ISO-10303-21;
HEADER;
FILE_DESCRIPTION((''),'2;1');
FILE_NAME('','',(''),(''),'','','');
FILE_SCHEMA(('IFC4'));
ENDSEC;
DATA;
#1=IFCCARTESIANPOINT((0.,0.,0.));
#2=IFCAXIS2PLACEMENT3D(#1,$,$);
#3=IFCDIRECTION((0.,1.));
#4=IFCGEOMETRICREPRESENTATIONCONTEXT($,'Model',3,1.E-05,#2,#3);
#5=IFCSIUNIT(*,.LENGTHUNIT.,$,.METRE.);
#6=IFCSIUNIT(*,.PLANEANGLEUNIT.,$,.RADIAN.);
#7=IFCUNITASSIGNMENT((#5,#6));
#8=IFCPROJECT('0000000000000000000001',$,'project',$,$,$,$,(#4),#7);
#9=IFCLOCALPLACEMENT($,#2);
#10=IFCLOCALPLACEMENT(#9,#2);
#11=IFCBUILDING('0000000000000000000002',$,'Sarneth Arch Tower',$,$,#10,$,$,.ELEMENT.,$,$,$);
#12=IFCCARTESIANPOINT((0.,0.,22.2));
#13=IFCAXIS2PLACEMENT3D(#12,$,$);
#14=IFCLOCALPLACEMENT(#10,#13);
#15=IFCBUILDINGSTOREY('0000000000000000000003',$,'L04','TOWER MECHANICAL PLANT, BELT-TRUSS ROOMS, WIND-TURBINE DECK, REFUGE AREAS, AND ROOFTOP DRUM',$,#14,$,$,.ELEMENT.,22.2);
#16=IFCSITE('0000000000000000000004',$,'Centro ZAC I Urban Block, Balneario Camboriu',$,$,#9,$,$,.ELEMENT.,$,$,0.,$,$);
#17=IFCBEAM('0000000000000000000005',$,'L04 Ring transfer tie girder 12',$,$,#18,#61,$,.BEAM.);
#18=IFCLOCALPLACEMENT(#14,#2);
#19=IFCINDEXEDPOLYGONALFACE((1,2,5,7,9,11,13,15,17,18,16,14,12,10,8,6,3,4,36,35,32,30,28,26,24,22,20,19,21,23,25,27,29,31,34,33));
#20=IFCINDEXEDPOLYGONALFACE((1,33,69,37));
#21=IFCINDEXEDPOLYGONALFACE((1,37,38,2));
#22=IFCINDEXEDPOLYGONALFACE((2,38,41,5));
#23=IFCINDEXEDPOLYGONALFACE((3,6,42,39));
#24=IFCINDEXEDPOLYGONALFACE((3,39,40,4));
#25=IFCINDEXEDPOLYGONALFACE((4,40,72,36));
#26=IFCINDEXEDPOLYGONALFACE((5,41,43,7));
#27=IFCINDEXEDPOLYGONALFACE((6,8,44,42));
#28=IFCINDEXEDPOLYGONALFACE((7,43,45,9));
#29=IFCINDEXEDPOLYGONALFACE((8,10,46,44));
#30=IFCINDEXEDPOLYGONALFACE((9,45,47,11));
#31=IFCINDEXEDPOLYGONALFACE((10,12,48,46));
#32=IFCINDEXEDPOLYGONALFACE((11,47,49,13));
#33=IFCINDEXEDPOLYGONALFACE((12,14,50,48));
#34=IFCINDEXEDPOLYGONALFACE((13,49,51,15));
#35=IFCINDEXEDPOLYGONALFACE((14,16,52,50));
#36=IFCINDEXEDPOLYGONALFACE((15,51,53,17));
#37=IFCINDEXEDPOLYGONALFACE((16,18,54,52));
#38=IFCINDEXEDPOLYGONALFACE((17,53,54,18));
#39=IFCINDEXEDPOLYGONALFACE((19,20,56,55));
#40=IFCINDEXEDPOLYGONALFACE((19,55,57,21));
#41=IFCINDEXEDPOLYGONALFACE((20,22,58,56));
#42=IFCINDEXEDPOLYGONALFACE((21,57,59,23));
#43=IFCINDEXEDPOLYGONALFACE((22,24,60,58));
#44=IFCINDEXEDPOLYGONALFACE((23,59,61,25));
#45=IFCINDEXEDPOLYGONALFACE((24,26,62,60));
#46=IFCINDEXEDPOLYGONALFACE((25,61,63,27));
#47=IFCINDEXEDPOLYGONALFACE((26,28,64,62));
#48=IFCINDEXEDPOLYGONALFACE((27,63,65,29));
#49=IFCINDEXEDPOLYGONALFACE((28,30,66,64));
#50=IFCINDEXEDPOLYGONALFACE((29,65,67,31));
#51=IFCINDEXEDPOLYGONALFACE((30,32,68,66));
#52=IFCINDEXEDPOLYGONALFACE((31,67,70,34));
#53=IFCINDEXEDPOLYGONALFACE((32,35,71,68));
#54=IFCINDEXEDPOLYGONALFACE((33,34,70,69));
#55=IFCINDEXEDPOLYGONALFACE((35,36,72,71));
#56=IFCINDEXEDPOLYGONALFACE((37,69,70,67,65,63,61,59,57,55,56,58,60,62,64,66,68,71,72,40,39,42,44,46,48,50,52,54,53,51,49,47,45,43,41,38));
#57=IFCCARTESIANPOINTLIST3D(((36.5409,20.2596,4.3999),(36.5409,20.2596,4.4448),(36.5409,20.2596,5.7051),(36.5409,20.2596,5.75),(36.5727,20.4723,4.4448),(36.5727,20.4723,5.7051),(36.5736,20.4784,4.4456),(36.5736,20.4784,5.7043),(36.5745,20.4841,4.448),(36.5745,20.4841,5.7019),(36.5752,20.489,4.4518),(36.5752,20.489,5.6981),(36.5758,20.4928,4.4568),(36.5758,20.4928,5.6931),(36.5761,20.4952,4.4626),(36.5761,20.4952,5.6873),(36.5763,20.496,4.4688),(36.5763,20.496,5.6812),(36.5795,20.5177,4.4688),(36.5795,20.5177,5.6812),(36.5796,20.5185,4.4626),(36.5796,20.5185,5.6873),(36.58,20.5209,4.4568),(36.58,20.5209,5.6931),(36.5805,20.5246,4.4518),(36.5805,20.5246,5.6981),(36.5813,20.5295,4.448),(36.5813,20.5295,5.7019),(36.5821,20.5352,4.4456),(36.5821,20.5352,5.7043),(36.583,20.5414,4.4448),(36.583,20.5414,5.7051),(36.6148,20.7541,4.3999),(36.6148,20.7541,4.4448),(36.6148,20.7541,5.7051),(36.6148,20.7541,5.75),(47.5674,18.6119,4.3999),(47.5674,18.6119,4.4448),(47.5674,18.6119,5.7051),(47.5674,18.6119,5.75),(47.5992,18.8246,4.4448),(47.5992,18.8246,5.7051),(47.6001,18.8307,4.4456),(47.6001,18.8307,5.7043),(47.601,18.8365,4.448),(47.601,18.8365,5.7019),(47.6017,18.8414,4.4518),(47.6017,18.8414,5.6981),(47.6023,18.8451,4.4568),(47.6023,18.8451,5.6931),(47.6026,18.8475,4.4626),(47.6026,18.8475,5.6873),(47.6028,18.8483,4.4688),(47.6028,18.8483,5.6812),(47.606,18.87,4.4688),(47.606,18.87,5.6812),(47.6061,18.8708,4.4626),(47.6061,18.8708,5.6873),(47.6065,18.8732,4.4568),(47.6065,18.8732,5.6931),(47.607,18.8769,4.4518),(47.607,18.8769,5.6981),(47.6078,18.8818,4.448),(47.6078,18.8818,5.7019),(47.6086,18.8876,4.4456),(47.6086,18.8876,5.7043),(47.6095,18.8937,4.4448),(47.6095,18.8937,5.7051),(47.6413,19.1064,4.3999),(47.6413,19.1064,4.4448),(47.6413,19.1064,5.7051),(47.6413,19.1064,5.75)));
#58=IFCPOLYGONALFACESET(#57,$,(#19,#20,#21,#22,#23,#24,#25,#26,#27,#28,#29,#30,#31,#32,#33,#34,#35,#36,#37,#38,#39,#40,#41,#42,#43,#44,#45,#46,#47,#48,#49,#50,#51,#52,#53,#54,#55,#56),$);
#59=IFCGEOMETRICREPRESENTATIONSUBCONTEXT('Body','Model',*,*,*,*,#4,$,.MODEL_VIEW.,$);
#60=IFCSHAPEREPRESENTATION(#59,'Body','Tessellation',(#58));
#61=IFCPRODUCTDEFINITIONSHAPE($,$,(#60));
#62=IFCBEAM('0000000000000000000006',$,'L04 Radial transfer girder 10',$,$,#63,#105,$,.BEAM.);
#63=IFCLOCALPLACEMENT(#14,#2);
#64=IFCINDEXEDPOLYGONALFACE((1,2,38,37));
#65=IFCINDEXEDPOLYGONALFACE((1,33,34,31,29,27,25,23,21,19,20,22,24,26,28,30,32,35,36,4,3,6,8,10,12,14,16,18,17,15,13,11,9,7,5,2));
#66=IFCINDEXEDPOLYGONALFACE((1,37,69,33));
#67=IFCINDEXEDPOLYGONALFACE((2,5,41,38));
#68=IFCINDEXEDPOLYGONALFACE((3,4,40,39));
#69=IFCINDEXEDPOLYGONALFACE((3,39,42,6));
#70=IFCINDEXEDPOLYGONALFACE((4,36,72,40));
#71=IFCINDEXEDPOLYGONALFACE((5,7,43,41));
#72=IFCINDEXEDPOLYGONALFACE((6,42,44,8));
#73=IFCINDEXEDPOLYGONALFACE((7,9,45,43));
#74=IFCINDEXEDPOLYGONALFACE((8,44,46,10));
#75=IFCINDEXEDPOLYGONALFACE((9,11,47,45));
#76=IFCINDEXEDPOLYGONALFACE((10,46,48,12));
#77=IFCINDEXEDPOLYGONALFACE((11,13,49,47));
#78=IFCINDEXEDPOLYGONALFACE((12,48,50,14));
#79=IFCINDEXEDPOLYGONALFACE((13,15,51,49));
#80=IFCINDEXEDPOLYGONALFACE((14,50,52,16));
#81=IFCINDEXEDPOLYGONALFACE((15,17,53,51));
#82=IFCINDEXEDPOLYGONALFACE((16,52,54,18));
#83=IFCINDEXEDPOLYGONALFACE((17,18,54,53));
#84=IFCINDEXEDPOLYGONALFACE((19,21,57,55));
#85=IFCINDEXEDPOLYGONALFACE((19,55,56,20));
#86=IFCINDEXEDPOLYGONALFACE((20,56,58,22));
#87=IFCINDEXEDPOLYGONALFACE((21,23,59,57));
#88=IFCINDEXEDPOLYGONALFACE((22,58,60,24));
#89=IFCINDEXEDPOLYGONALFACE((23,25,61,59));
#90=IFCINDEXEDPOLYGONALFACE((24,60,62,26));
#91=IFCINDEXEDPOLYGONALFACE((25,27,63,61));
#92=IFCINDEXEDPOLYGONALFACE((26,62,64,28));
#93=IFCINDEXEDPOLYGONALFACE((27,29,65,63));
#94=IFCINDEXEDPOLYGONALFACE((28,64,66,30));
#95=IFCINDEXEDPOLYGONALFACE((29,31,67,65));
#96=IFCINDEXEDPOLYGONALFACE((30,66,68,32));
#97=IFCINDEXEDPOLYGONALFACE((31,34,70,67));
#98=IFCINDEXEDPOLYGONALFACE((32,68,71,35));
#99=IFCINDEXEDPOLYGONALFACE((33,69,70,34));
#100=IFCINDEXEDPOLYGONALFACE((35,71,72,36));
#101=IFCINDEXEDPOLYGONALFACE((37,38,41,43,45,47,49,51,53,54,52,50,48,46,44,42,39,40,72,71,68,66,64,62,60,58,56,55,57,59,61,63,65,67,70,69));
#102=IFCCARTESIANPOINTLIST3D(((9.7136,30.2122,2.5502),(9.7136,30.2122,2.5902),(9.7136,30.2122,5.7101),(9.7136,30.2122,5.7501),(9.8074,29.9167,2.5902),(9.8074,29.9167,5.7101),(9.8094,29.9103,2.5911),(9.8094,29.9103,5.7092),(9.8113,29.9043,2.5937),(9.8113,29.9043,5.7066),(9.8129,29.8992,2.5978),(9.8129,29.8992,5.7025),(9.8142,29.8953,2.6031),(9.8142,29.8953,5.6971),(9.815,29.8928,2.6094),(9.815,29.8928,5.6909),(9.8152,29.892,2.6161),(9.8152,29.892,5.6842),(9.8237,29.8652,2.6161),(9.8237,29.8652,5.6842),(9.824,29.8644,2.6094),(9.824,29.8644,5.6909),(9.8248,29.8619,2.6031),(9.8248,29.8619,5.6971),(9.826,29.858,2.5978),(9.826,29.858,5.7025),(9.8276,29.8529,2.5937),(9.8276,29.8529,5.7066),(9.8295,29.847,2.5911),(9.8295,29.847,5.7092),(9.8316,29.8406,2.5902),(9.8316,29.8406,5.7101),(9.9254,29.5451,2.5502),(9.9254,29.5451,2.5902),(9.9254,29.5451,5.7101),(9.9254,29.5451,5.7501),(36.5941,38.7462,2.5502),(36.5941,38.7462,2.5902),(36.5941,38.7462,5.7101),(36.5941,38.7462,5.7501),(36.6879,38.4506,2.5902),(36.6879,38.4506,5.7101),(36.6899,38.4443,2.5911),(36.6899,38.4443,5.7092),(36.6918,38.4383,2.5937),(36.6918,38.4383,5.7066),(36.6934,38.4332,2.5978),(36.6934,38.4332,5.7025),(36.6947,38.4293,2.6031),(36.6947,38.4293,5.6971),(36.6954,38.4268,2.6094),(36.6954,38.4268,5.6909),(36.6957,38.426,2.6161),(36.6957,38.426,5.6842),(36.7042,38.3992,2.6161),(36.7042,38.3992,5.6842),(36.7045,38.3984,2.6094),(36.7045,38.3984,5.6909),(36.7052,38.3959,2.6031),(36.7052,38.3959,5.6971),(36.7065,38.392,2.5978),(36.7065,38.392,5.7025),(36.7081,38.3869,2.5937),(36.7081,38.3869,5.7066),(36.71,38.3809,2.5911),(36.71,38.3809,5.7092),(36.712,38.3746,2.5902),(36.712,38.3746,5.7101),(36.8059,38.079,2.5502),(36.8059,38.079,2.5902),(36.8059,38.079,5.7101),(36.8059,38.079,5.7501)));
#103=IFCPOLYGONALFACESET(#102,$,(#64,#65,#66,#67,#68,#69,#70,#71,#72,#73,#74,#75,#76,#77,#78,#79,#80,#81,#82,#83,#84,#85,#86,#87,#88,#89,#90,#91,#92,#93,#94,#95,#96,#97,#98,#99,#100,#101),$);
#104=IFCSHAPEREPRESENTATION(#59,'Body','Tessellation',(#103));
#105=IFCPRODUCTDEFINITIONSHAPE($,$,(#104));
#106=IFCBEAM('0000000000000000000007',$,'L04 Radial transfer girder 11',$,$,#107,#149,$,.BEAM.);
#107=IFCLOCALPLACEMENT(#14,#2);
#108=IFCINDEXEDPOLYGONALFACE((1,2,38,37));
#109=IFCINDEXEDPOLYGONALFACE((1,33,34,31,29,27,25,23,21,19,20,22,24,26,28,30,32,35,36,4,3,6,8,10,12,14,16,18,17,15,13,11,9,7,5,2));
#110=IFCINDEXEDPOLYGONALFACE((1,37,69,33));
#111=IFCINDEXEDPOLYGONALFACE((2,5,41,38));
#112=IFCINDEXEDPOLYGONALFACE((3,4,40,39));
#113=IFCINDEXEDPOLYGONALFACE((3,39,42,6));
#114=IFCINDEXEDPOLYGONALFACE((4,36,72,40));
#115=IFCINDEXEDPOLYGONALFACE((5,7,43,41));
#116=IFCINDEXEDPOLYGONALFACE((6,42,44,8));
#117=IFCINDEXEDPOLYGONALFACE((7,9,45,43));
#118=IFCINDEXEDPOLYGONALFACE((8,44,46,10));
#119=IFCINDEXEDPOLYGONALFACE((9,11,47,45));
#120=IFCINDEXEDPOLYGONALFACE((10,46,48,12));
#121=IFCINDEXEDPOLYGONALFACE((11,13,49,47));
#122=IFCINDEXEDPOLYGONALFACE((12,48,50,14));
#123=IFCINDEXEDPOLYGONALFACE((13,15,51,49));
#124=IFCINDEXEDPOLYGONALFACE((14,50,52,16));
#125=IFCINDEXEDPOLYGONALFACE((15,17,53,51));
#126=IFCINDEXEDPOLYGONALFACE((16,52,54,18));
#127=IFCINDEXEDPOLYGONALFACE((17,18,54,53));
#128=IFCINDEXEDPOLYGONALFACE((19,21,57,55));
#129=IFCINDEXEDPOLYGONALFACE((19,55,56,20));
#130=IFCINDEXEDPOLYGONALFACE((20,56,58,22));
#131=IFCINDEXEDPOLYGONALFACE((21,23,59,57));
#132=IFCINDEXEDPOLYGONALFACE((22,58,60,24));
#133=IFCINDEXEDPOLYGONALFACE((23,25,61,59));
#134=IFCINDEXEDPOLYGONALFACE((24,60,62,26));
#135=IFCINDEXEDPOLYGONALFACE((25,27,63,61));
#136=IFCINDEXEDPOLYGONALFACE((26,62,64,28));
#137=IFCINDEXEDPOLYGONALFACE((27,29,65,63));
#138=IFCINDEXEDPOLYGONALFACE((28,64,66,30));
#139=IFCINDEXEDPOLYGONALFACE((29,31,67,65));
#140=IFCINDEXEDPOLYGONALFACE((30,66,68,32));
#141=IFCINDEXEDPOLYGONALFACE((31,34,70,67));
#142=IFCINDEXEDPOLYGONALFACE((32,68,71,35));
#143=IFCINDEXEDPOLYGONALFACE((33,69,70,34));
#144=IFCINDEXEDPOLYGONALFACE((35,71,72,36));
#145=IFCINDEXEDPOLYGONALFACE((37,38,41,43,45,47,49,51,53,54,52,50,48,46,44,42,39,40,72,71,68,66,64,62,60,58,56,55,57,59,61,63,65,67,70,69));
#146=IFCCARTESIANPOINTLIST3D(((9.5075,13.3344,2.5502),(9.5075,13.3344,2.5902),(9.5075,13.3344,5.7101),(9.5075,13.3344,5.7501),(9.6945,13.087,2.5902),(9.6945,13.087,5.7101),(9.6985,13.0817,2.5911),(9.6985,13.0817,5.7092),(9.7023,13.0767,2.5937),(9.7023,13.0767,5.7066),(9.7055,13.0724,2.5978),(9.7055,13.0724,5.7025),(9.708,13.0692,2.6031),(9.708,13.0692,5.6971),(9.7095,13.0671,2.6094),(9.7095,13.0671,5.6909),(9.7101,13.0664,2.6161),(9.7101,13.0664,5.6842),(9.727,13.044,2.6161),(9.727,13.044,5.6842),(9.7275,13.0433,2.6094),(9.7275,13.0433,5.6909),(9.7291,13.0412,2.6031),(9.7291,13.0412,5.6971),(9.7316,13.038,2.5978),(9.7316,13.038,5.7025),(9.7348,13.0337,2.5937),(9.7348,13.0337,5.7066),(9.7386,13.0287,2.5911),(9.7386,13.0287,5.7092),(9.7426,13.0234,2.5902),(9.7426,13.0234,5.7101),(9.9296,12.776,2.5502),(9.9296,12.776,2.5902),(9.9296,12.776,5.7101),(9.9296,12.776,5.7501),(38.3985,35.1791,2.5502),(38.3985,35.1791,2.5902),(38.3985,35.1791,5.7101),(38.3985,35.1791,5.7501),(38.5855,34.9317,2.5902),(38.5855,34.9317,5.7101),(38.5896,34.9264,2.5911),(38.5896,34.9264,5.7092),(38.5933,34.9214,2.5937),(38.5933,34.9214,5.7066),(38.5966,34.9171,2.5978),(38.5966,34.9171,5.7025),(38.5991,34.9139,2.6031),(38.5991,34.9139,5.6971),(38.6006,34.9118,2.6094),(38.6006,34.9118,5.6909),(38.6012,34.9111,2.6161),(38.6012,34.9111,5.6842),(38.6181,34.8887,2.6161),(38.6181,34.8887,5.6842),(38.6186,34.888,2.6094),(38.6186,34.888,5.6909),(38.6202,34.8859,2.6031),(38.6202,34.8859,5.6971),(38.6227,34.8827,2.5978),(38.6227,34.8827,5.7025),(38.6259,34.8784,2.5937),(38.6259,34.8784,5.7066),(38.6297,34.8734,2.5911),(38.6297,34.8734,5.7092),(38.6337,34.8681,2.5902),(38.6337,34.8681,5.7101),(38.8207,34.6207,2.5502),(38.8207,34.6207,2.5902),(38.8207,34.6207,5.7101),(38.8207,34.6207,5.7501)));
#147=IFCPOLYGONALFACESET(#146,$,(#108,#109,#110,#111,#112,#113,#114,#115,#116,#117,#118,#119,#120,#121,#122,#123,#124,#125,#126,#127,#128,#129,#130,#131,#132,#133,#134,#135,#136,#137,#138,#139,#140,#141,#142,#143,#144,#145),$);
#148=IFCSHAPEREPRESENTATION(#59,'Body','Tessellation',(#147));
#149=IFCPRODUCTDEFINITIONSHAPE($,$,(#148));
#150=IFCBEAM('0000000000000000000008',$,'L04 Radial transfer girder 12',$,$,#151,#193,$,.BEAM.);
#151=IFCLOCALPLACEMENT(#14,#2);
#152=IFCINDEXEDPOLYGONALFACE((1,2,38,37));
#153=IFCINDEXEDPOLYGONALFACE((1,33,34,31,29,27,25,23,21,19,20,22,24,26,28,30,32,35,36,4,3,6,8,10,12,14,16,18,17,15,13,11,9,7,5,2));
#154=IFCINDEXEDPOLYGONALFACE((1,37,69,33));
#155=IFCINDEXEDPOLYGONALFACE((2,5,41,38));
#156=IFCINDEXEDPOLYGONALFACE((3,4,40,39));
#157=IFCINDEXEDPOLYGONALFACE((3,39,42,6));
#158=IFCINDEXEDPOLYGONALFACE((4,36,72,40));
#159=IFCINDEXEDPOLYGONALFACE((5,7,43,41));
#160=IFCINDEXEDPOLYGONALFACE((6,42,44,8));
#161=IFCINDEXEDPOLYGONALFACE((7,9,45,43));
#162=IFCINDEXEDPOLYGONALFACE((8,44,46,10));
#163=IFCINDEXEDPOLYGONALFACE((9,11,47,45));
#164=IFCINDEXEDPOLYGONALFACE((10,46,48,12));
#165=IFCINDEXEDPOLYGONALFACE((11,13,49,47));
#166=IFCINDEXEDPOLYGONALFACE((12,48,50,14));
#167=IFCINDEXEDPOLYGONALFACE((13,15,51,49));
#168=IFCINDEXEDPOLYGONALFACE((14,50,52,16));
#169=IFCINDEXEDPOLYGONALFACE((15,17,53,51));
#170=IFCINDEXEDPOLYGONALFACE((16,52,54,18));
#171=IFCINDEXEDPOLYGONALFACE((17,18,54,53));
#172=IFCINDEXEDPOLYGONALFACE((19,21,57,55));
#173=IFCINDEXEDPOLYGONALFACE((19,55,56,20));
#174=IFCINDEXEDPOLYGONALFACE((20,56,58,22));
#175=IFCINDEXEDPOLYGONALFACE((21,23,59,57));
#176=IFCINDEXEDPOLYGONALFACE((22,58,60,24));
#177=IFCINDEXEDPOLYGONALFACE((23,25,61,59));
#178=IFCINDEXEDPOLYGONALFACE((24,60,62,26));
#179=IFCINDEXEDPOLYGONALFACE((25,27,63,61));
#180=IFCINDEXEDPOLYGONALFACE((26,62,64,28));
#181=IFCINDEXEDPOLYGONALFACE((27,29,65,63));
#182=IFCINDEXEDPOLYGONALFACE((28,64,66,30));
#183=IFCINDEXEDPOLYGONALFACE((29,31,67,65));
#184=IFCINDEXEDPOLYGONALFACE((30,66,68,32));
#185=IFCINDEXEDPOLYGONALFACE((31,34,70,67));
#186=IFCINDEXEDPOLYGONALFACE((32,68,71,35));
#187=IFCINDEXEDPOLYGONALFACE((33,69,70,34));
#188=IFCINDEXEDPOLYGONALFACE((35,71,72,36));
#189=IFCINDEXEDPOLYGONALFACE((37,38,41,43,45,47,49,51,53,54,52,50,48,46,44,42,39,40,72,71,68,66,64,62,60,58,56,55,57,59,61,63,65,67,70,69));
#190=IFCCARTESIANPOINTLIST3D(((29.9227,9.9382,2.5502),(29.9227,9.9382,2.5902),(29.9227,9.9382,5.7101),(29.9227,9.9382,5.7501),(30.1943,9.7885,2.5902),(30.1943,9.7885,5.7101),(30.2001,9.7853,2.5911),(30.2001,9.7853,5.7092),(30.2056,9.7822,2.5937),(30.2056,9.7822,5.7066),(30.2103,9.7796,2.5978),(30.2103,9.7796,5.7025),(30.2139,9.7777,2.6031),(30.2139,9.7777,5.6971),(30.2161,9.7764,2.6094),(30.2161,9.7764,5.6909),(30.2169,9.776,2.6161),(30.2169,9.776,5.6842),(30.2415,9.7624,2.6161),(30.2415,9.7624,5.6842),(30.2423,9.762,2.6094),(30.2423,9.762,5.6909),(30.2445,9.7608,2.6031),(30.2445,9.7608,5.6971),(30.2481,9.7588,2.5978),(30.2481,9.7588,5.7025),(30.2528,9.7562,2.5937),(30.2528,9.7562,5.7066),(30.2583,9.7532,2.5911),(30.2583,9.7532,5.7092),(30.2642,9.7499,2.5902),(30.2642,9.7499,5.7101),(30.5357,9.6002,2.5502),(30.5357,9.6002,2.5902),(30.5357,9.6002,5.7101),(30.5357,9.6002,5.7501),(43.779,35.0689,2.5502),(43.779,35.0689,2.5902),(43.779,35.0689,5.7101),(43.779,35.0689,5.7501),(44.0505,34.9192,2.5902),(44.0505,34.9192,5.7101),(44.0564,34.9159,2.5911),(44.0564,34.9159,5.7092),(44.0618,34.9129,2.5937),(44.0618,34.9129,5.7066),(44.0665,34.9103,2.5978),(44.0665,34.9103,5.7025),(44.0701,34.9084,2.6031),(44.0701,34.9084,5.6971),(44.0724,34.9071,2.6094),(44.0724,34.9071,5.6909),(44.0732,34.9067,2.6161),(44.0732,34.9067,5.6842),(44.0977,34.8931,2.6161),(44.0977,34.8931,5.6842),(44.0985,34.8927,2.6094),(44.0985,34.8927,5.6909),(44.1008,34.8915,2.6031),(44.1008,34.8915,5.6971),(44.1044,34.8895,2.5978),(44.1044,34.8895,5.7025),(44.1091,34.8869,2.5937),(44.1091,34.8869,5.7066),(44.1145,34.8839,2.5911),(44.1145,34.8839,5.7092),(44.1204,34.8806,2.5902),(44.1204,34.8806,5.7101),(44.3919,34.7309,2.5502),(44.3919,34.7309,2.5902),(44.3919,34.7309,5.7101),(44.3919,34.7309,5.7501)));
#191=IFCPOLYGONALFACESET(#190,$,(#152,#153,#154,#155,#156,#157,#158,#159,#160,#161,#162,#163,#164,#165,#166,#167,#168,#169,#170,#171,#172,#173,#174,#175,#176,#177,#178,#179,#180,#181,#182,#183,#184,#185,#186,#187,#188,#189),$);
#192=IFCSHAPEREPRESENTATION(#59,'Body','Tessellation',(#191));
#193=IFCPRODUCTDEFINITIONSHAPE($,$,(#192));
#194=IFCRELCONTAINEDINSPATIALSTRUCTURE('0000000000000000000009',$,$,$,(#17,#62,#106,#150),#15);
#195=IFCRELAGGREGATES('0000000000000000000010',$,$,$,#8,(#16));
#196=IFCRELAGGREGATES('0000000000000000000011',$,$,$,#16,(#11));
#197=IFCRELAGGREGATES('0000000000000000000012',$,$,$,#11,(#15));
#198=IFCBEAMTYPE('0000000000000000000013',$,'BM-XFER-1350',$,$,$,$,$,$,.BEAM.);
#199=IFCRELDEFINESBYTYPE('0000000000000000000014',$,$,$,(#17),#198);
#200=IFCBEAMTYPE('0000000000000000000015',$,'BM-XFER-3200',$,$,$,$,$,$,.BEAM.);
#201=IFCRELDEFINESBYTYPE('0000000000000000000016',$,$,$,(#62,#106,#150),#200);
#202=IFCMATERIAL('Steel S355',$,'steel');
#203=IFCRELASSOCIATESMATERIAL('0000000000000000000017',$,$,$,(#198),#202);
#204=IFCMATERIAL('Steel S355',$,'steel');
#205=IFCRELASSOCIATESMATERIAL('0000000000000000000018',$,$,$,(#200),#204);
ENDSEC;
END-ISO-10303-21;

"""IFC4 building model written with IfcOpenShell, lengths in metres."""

from ifc_helpers import new_model, si_unit, direction, frame, origin, origin_2d, place, context, subcontext, project, spatial, i_section, extrude, material, material_profile, profile_set, type_object, element, save


model = new_model("IFC4")

# Units and contexts
model_context = context("Model", 3, precision=1e-05, world=origin(), true_north=direction((0.0, 1.0)))
body_context = subcontext(model_context, "Body", "Model", "MODEL_VIEW")
ifc_project = project(units=[si_unit("LENGTHUNIT", "METRE"), si_unit("PLANEANGLEUNIT", "RADIAN")], contexts=[model_context])

# Site, building, storey
site_placement = place(None, origin())
site = spatial("IfcSite", under=ifc_project, at=site_placement, Name="Centro ZAC I Urban Block, Balneario Camboriu", CompositionType="ELEMENT", RefElevation=0.0)
building_placement = place(site_placement, origin())
building = spatial("IfcBuilding", under=site, at=building_placement, Name="Sarneth Arch Tower", CompositionType="ELEMENT")
storey_placement = place(building_placement, frame((0.0, 0.0, 22.2)))
storey = spatial("IfcBuildingStorey", under=building, at=storey_placement, Name="L04", Description="TOWER MECHANICAL PLANT, BELT-TRUSS ROOMS, WIND-TURBINE DECK, REFUGE AREAS, AND ROOFTOP DRUM", CompositionType="ELEMENT", Elevation=22.2)

# Beams
ifc_material_1 = material(Name="Steel S355", Category="steel")
ifc_material_profile_1 = material_profile(ifc_material_1, i_section(OverallWidth=0.5, OverallDepth=1.3501, WebThickness=0.022, FlangeThickness=0.0449, FilletRadius=0.0239, at=origin_2d()), Name="CVS1350x595")
ifc_profile_set_1 = profile_set([ifc_material_profile_1], Name="Steel S355")
beam_type_1 = type_object("IfcBeamType", Name="BM-XFER-1350", PredefinedType="BEAM", material=ifc_profile_set_1)
beam_1_placement = place(storey_placement, frame((36.5779, 20.5068, 5.075), z_axis=(0.989019, -0.147789, 0.0), x_axis=(0.147789, 0.989019, 0.0)))
element("IfcBeam", 1, at=beam_1_placement, inside=storey, type_object=beam_type_1, Name="L04 Ring transfer tie girder 12", PredefinedType="BEAM", context=body_context, shape_type="SweptSolid", body=[
    extrude(i_section(OverallWidth=0.5, OverallDepth=1.3501, WebThickness=0.022, FlangeThickness=0.0449, FilletRadius=0.0239, at=origin_2d()), origin(), (0.0, 0.0, 1.0), 11.1489),
])
ifc_material_2 = material(Name="Steel S355", Category="steel")
ifc_material_profile_2 = material_profile(ifc_material_2, i_section(OverallWidth=0.7, OverallDepth=3.2, WebThickness=0.0281, FlangeThickness=0.04, FilletRadius=0.0259, at=origin_2d()), Name="CVS3200x1090")
ifc_profile_set_2 = profile_set([ifc_material_profile_2], Name="Steel S355")
beam_type_2 = type_object("IfcBeamType", Name="BM-XFER-3200", PredefinedType="BEAM", material=ifc_profile_set_2)
beam_2_placement = place(storey_placement, frame((36.7, 38.4126, 4.1501), z_axis=(-0.953119, -0.302595, 0.0), x_axis=(0.302595, -0.953119, 0.0)))
element("IfcBeam", 2, at=beam_2_placement, inside=storey, type_object=beam_type_2, Name="L04 Radial transfer girder 10", PredefinedType="BEAM", context=body_context, shape_type="SweptSolid", body=[
    extrude(i_section(OverallWidth=0.7, OverallDepth=3.2, WebThickness=0.0281, FlangeThickness=0.04, FilletRadius=0.0259, at=origin_2d()), origin(), (0.0, 0.0, 1.0), 28.2026),
])
beam_3_placement = place(storey_placement, frame((38.6096, 34.8999, 4.1501), z_axis=(-0.797656, -0.603112, 0.0), x_axis=(0.603112, -0.797656, 0.0)))
element("IfcBeam", 3, at=beam_3_placement, inside=storey, type_object=beam_type_2, Name="L04 Radial transfer girder 11", PredefinedType="BEAM", context=body_context, shape_type="SweptSolid", body=[
    extrude(i_section(OverallWidth=0.7, OverallDepth=3.2, WebThickness=0.0281, FlangeThickness=0.04, FilletRadius=0.0259, at=origin_2d()), origin(), (0.0, 0.0, 1.0), 36.22),
])
beam_4_placement = place(storey_placement, frame((44.0854, 34.8999, 4.1501), z_axis=(-0.482838, -0.87571, 0.0), x_axis=(0.87571, -0.482838, 0.0)))
element("IfcBeam", 4, at=beam_4_placement, inside=storey, type_object=beam_type_2, Name="L04 Radial transfer girder 12", PredefinedType="BEAM", context=body_context, shape_type="SweptSolid", body=[
    extrude(i_section(OverallWidth=0.7, OverallDepth=3.2, WebThickness=0.0281, FlangeThickness=0.04, FilletRadius=0.0259, at=origin_2d()), origin(), (0.0, 0.0, 1.0), 28.6975),
])

save(model, "model.ifc")
